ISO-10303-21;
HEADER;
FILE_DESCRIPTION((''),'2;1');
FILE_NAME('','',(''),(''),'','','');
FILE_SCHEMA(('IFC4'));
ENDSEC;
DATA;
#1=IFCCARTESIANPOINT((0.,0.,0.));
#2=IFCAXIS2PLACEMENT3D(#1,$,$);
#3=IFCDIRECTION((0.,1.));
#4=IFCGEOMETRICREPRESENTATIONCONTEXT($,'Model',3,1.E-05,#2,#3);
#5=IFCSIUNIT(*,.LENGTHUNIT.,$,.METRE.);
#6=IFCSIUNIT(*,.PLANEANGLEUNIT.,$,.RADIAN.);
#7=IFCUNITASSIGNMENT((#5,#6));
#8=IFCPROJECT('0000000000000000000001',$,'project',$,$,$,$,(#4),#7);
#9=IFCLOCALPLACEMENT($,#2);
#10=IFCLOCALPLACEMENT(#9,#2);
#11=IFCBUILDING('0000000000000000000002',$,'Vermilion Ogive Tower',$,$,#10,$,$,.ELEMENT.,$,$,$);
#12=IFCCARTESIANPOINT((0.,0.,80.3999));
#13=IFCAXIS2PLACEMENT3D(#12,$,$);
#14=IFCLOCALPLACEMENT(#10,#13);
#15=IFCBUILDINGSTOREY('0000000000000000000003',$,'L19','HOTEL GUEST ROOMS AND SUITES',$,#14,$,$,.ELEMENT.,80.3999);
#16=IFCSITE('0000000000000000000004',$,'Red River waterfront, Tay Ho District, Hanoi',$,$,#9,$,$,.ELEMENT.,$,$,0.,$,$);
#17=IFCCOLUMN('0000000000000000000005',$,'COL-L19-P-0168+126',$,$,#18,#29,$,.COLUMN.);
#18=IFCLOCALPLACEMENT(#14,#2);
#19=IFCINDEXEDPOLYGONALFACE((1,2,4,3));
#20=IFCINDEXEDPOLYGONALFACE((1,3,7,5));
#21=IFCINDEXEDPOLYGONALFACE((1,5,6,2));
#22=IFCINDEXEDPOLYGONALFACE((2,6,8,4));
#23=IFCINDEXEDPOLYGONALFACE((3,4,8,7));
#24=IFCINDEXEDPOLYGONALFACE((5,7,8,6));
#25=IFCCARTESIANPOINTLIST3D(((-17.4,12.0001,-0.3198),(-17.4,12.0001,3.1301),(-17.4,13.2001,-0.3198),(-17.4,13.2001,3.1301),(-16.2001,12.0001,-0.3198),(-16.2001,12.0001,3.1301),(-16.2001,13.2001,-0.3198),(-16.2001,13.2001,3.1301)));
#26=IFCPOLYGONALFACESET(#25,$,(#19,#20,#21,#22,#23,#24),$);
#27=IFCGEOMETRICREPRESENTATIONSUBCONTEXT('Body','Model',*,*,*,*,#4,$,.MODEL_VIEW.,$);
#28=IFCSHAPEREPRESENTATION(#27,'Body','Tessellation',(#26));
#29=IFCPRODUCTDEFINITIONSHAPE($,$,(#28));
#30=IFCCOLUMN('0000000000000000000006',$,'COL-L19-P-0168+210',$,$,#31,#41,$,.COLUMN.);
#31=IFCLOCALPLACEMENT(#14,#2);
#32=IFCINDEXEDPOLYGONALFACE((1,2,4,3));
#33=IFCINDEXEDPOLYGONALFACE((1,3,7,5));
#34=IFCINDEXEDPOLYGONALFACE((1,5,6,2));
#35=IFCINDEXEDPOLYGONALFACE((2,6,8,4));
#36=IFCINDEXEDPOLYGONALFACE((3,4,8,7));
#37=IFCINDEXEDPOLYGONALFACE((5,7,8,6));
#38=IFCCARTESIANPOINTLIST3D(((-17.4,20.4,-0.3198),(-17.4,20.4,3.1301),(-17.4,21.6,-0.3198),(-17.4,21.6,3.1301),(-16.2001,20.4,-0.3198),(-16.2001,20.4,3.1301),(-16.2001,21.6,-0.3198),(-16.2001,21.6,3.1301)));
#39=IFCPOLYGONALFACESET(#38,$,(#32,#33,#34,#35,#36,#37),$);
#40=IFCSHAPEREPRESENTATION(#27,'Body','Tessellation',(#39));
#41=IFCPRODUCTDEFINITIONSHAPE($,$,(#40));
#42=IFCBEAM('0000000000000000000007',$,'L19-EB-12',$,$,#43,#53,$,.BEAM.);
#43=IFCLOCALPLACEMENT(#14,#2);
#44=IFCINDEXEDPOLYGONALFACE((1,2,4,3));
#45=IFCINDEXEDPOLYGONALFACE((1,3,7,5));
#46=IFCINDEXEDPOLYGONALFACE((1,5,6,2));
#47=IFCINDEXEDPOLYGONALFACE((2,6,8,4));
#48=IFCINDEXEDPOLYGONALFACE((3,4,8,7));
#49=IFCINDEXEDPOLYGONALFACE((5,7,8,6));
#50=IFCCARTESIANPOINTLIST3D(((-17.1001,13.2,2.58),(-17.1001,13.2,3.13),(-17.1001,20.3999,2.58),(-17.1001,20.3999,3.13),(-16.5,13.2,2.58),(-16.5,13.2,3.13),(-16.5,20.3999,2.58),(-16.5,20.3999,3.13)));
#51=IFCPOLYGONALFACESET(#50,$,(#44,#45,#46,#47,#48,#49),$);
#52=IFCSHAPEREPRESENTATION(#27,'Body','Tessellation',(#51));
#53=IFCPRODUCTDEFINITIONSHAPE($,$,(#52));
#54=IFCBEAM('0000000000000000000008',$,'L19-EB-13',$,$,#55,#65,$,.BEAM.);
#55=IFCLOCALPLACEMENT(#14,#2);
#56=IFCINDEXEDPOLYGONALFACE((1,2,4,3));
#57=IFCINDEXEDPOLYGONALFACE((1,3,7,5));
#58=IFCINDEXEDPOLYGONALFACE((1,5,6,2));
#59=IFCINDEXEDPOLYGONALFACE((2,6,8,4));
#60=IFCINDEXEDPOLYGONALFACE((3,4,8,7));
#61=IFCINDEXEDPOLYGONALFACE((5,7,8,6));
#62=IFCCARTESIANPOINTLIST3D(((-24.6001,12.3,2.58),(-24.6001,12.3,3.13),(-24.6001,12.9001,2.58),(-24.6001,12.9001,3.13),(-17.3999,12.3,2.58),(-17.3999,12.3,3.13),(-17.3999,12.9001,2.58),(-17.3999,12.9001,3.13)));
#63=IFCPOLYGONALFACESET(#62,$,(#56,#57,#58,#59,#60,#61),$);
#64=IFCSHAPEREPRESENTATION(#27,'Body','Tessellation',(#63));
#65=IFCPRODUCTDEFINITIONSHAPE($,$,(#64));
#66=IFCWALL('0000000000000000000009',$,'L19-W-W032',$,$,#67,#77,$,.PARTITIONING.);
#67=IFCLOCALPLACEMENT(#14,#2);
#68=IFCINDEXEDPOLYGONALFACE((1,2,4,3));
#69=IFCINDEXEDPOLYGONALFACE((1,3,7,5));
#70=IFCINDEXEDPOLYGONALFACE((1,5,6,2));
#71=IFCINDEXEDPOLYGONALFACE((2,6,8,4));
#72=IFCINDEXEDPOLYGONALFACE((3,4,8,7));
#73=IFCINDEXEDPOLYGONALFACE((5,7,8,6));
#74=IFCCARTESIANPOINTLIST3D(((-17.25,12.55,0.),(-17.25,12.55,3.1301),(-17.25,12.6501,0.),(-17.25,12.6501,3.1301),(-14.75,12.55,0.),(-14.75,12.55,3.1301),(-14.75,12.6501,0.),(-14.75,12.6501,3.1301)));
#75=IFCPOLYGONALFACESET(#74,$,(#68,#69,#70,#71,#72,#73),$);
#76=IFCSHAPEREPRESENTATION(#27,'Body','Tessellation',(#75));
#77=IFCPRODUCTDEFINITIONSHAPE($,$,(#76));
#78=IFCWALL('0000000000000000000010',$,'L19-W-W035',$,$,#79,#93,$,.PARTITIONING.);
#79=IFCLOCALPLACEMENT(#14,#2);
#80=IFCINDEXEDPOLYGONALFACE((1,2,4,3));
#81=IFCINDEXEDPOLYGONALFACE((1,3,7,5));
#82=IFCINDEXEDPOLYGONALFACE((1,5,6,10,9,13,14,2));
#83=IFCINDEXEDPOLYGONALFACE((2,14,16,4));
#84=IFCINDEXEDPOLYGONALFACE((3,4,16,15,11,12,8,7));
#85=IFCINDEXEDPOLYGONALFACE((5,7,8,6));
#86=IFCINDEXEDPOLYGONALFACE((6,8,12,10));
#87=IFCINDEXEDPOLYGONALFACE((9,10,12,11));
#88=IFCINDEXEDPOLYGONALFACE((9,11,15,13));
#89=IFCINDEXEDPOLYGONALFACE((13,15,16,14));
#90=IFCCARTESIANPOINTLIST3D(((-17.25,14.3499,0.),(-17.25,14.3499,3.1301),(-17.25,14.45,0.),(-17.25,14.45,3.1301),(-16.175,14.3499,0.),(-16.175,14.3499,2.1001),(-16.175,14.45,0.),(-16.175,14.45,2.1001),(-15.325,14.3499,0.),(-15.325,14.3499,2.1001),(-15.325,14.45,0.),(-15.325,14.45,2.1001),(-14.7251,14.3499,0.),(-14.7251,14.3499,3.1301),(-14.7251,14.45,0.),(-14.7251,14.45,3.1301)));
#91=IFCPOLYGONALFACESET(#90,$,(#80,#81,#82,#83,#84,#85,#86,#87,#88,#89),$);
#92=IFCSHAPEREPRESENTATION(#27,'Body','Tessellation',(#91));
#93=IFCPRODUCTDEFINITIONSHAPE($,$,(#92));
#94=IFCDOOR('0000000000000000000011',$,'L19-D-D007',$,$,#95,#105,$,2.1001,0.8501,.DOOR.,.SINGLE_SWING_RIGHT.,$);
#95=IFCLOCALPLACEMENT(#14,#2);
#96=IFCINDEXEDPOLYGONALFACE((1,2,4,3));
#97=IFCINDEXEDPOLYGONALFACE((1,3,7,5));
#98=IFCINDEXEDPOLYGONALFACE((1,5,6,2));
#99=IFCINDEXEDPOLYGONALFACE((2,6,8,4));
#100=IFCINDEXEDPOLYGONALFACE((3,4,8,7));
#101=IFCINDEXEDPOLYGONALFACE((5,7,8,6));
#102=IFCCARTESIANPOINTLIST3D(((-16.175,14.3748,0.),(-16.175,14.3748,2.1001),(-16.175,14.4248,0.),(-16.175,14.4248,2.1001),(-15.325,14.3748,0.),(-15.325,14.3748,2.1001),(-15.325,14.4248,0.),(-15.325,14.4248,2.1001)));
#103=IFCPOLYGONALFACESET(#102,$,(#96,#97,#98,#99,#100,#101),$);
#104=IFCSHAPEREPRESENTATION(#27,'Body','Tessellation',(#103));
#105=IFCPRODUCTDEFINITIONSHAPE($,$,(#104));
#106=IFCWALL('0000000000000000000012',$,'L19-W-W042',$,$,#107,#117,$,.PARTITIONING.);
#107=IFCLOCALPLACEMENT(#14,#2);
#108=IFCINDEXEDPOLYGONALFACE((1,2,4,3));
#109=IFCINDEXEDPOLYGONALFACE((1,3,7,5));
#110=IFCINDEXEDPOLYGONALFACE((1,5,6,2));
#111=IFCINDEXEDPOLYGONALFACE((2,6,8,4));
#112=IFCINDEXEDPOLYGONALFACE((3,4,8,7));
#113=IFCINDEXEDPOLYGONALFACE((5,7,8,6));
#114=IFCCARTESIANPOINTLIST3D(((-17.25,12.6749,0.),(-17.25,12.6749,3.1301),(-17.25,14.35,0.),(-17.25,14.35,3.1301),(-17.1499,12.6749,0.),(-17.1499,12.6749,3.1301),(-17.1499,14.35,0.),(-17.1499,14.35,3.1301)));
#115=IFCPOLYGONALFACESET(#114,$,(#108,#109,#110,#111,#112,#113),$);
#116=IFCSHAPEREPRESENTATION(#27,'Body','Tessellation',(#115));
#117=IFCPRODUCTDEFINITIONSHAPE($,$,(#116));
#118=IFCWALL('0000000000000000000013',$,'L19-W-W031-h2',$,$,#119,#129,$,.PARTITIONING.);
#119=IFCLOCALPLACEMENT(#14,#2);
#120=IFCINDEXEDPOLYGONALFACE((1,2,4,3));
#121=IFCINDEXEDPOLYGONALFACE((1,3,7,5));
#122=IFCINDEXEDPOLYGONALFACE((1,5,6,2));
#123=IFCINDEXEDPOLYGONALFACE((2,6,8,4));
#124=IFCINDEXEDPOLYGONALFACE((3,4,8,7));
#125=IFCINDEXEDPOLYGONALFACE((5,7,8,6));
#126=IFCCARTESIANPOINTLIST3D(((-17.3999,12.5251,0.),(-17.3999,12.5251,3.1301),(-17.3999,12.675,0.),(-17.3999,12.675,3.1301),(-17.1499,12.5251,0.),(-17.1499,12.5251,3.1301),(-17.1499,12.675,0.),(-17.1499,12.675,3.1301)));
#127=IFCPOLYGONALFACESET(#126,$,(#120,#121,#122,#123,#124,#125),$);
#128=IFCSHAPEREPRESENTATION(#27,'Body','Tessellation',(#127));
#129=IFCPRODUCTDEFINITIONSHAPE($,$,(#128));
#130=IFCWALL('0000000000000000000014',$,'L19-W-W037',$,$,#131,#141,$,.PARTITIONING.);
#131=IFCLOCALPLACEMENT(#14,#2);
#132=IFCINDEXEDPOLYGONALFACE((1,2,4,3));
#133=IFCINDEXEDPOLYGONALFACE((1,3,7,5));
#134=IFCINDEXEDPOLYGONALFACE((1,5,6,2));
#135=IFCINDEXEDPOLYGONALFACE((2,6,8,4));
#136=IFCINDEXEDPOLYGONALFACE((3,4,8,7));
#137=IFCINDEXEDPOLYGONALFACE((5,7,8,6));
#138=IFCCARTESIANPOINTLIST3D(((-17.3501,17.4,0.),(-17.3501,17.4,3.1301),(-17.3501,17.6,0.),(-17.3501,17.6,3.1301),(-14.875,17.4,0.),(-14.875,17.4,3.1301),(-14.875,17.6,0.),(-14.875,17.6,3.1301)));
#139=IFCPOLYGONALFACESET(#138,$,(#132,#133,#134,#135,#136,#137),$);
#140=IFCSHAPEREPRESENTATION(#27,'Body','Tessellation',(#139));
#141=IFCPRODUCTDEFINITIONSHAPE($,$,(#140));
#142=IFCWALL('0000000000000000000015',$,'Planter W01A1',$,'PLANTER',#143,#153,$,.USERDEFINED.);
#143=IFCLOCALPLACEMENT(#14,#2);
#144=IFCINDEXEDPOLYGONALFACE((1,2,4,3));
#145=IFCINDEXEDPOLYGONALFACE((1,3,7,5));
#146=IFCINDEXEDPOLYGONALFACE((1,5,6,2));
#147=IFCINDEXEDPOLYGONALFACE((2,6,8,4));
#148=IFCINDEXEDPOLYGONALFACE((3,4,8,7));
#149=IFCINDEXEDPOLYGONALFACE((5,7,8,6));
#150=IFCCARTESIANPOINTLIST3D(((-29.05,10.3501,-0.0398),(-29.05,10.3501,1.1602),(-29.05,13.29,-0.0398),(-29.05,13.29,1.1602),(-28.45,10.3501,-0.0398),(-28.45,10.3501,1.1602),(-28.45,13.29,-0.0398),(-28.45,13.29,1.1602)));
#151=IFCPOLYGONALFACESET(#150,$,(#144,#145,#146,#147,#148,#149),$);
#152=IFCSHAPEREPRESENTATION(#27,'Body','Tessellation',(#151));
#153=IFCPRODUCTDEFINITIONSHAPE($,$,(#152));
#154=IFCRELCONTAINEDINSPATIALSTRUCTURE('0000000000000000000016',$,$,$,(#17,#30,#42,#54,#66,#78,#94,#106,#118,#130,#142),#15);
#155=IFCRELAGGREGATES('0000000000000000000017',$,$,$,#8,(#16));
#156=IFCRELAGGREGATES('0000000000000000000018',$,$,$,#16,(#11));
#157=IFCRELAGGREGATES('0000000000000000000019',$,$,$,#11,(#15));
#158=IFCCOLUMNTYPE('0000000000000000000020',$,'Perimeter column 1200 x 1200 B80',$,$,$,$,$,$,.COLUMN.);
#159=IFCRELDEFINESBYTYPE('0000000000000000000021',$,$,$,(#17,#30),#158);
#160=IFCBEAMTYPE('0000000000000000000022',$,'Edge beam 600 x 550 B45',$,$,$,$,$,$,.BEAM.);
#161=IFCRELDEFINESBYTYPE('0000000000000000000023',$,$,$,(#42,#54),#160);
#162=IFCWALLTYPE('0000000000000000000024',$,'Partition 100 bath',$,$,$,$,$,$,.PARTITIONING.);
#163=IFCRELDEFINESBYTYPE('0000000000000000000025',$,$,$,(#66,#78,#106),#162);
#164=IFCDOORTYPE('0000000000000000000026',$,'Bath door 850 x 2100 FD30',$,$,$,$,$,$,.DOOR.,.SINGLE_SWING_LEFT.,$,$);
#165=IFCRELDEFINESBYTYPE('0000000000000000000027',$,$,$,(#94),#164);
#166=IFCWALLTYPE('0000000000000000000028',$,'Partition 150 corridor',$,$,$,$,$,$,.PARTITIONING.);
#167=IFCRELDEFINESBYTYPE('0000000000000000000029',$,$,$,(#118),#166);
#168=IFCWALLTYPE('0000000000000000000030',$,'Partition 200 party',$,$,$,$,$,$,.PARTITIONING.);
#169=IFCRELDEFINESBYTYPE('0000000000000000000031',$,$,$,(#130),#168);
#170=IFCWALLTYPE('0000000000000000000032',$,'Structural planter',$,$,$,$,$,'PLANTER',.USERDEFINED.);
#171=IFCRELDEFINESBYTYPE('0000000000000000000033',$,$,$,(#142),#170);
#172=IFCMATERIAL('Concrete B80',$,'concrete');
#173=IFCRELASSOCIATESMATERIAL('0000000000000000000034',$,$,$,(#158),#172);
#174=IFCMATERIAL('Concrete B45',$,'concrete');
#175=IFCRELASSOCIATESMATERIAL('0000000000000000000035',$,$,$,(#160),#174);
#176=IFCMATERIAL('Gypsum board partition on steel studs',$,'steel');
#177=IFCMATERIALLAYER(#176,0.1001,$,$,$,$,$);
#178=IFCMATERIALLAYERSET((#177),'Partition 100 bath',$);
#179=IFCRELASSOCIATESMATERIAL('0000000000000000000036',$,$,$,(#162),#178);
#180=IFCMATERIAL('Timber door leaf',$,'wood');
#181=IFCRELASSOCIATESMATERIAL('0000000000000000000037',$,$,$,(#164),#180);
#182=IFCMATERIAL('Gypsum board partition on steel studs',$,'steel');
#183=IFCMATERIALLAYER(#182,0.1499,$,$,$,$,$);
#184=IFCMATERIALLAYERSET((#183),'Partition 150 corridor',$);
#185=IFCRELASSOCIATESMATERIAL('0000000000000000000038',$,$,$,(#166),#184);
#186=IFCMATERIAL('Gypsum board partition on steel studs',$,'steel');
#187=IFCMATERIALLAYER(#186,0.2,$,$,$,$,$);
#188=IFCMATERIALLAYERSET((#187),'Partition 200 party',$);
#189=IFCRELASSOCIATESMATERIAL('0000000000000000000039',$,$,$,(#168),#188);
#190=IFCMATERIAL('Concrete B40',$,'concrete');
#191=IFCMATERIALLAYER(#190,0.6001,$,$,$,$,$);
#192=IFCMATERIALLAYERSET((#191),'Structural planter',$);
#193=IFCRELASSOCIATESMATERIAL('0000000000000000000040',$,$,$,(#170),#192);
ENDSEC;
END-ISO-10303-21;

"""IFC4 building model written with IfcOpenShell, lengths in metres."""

from ifc_helpers import new_model, si_unit, direction, frame, frame_2d, origin, origin_2d, place, context, subcontext, project, spatial, rectangle, extrude, material, layer, layer_set, material_profile, profile_set, type_object, element, fill, save


model = new_model("IFC4")

# Units and contexts
model_context = context("Model", 3, precision=1e-05, world=origin(), true_north=direction((0.0, 1.0)))
body_context = subcontext(model_context, "Body", "Model", "MODEL_VIEW")
ifc_project = project(units=[si_unit("LENGTHUNIT", "METRE"), si_unit("PLANEANGLEUNIT", "RADIAN")], contexts=[model_context])

# Site, building, storey
site_placement = place(None, origin())
site = spatial("IfcSite", under=ifc_project, at=site_placement, Name="Red River waterfront, Tay Ho District, Hanoi", CompositionType="ELEMENT", RefElevation=0.0)
building_placement = place(site_placement, origin())
building = spatial("IfcBuilding", under=site, at=building_placement, Name="Vermilion Ogive Tower", CompositionType="ELEMENT")
storey_placement = place(building_placement, frame((0.0, 0.0, 80.3999)))
storey = spatial("IfcBuildingStorey", under=building, at=storey_placement, Name="L19", Description="HOTEL GUEST ROOMS AND SUITES", CompositionType="ELEMENT", Elevation=80.3999)

# Columns
ifc_material_1 = material(Name="Concrete B80", Category="concrete")
ifc_material_profile_1 = material_profile(ifc_material_1, rectangle(XDim=1.2, YDim=1.2, at=origin_2d()), Name="1200 x 1200")
ifc_profile_set_1 = profile_set([ifc_material_profile_1], Name="Concrete B80")
column_type = type_object("IfcColumnType", Name="Perimeter column 1200 x 1200 B80", PredefinedType="COLUMN", material=ifc_profile_set_1)
for number, where, z_axis, x_axis, name in (
    (1, (-16.8, 12.6001, -0.3198), (0.0, 0.0, 1.0), (1.0, 0.0, 0.0), "COL-L19-P-0168+126"),
    (2, (-16.8, 21.0, -0.3198), (0.0, 0.0, 1.0), (1.0, 0.0, 0.0), "COL-L19-P-0168+210"),
):
    element("IfcColumn", number, at=place(storey_placement, frame(where, z_axis=z_axis, x_axis=x_axis)), inside=storey, type_object=column_type, Name=name, PredefinedType="COLUMN", context=body_context, shape_type="SweptSolid", body=[
        extrude(rectangle(XDim=1.2, YDim=1.2, at=origin_2d()), origin(), (0.0, 0.0, 1.0), 3.45),
    ])

# Beams
ifc_material_2 = material(Name="Concrete B45", Category="concrete")
ifc_material_profile_2 = material_profile(ifc_material_2, rectangle(XDim=0.6001, YDim=0.55, at=origin_2d()), Name="600 x 550")
ifc_profile_set_2 = profile_set([ifc_material_profile_2], Name="Concrete B45")
beam_type = type_object("IfcBeamType", Name="Edge beam 600 x 550 B45", PredefinedType="BEAM", material=ifc_profile_set_2)
beam_1_placement = place(storey_placement, frame((-16.8, 20.3999, 2.855), z_axis=(0.0, -1.0, 0.0), x_axis=(1.0, 0.0, 0.0)))
element("IfcBeam", 3, at=beam_1_placement, inside=storey, type_object=beam_type, Name="L19-EB-12", PredefinedType="BEAM", context=body_context, shape_type="SweptSolid", body=[
    extrude(rectangle(XDim=0.6001, YDim=0.55, at=origin_2d()), origin(), (0.0, 0.0, 1.0), 7.2),
])
beam_2_placement = place(storey_placement, frame((-17.3999, 12.6001, 2.855), z_axis=(-1.0, 0.0, 0.0), x_axis=(0.0, -1.0, 0.0)))
element("IfcBeam", 4, at=beam_2_placement, inside=storey, type_object=beam_type, Name="L19-EB-13", PredefinedType="BEAM", context=body_context, shape_type="SweptSolid", body=[
    extrude(rectangle(XDim=0.6001, YDim=0.55, at=origin_2d()), origin(), (0.0, 0.0, 1.0), 7.2002),
])

# Wall
ifc_material_3 = material(Name="Gypsum board partition on steel studs", Category="steel")
ifc_layer_1 = layer(ifc_material_3, 0.1001)
ifc_layer_set_1 = layer_set([ifc_layer_1], Name="Partition 100 bath")
wall_type_1 = type_object("IfcWallType", Name="Partition 100 bath", PredefinedType="PARTITIONING", material=ifc_layer_set_1)
wall_1_placement = place(storey_placement, frame((-17.25, 12.6001, 0.0), z_axis=(0.0, 0.0, 1.0), x_axis=(1.0, 0.0, 0.0)))
element("IfcWall", 5, at=wall_1_placement, inside=storey, type_object=wall_type_1, Name="L19-W-W032", PredefinedType="PARTITIONING", context=body_context, shape_type="SweptSolid", body=[
    extrude(rectangle(XDim=2.5, YDim=0.1001, at=frame_2d((1.25, 0.0))), origin(), (0.0, 0.0, 1.0), 3.1301),
])

# Wall, opening, door
wall_2_placement = place(storey_placement, frame((-17.25, 14.3999, 0.0), z_axis=(0.0, 0.0, 1.0), x_axis=(1.0, 0.0, 0.0)))
wall_2 = element("IfcWall", 6, at=wall_2_placement, inside=storey, type_object=wall_type_1, Name="L19-W-W035", PredefinedType="PARTITIONING", context=body_context, shape_type="SweptSolid", body=[
    extrude(rectangle(XDim=2.5249, YDim=0.1001, at=frame_2d((1.2625, 0.0))), origin(), (0.0, 0.0, 1.0), 3.1301),
])
opening_1_placement = place(wall_2_placement, frame((1.075, 0.0, 0.0)))
opening_1 = element("IfcOpeningElement", 7, at=opening_1_placement, cuts=wall_2, PredefinedType="OPENING", context=body_context, shape_type="SweptSolid", body=[
    extrude(rectangle(XDim=0.8501, YDim=2.1001, at=frame_2d((0.425, 1.05))), frame((0.0, 0.0601, 0.0), z_axis=(0.0, -1.0, 0.0), x_axis=(1.0, 0.0, 0.0)), (0.0, 0.0, 1.0), 0.1201),
])
ifc_material_4 = material(Name="Timber door leaf", Category="wood")
door_type = type_object("IfcDoorType", Name="Bath door 850 x 2100 FD30", OperationType="SINGLE_SWING_LEFT", PredefinedType="DOOR", material=ifc_material_4)
door_placement = place(opening_1_placement, origin())
door = element("IfcDoor", 8, at=door_placement, inside=storey, type_object=door_type, Name="L19-D-D007", OperationType="SINGLE_SWING_RIGHT", OverallHeight=2.1001, OverallWidth=0.8501, PredefinedType="DOOR", context=body_context, shape_type="SweptSolid", body=[
    extrude(rectangle(XDim=0.8501, YDim=2.1001, at=frame_2d((0.425, 1.05))), frame((0.0, 0.0249, 0.0), z_axis=(0.0, -1.0, 0.0), x_axis=(1.0, 0.0, 0.0)), (0.0, 0.0, 1.0), 0.05),
])
fill(opening_1, door)

# Walls
wall_3_placement = place(storey_placement, frame((-17.2, 12.675, 0.0), z_axis=(0.0, 0.0, 1.0), x_axis=(0.0, 1.0, 0.0)))
element("IfcWall", 9, at=wall_3_placement, inside=storey, type_object=wall_type_1, Name="L19-W-W042", PredefinedType="PARTITIONING", context=body_context, shape_type="SweptSolid", body=[
    extrude(rectangle(XDim=1.675, YDim=0.1001, at=frame_2d((0.8374, 0.0))), origin(), (0.0, 0.0, 1.0), 3.1301),
])
ifc_material_5 = material(Name="Gypsum board partition on steel studs", Category="steel")
ifc_layer_2 = layer(ifc_material_5, 0.1499)
ifc_layer_set_2 = layer_set([ifc_layer_2], Name="Partition 150 corridor")
wall_type_2 = type_object("IfcWallType", Name="Partition 150 corridor", PredefinedType="PARTITIONING", material=ifc_layer_set_2)
wall_4_placement = place(storey_placement, frame((-17.3999, 12.6001, 0.0), z_axis=(0.0, 0.0, 1.0), x_axis=(1.0, 0.0, 0.0)))
element("IfcWall", 10, at=wall_4_placement, inside=storey, type_object=wall_type_2, Name="L19-W-W031-h2", PredefinedType="PARTITIONING", context=body_context, shape_type="SweptSolid", body=[
    extrude(rectangle(XDim=0.25, YDim=0.1499, at=frame_2d((0.125, 0.0))), origin(), (0.0, 0.0, 1.0), 3.1301),
])
ifc_material_6 = material(Name="Gypsum board partition on steel studs", Category="steel")
ifc_layer_3 = layer(ifc_material_6, 0.2)
ifc_layer_set_3 = layer_set([ifc_layer_3], Name="Partition 200 party")
wall_type_3 = type_object("IfcWallType", Name="Partition 200 party", PredefinedType="PARTITIONING", material=ifc_layer_set_3)
wall_5_placement = place(storey_placement, frame((-17.3501, 17.5, 0.0), z_axis=(0.0, 0.0, 1.0), x_axis=(1.0, 0.0, 0.0)))
element("IfcWall", 11, at=wall_5_placement, inside=storey, type_object=wall_type_3, Name="L19-W-W037", PredefinedType="PARTITIONING", context=body_context, shape_type="SweptSolid", body=[
    extrude(rectangle(XDim=2.4751, YDim=0.2, at=frame_2d((1.2375, 0.0))), origin(), (0.0, 0.0, 1.0), 3.1301),
])
ifc_material_7 = material(Name="Concrete B40", Category="concrete")
ifc_layer_4 = layer(ifc_material_7, 0.6001)
ifc_layer_set_4 = layer_set([ifc_layer_4], Name="Structural planter")
wall_type_4 = type_object("IfcWallType", Name="Structural planter", ElementType="PLANTER", PredefinedType="USERDEFINED", material=ifc_layer_set_4)
wall_6_placement = place(storey_placement, frame((-28.75, 13.29, -0.0398), z_axis=(0.0, 0.0, 1.0), x_axis=(0.0, -1.0, 0.0)))
element("IfcWall", 12, at=wall_6_placement, inside=storey, type_object=wall_type_4, Name="Planter W01A1", ObjectType="PLANTER", PredefinedType="USERDEFINED", context=body_context, shape_type="SweptSolid", body=[
    extrude(rectangle(XDim=2.9399, YDim=0.6001, at=frame_2d((1.47, 0.0))), origin(), (0.0, 0.0, 1.0), 1.2),
])

save(model, "model.ifc")
